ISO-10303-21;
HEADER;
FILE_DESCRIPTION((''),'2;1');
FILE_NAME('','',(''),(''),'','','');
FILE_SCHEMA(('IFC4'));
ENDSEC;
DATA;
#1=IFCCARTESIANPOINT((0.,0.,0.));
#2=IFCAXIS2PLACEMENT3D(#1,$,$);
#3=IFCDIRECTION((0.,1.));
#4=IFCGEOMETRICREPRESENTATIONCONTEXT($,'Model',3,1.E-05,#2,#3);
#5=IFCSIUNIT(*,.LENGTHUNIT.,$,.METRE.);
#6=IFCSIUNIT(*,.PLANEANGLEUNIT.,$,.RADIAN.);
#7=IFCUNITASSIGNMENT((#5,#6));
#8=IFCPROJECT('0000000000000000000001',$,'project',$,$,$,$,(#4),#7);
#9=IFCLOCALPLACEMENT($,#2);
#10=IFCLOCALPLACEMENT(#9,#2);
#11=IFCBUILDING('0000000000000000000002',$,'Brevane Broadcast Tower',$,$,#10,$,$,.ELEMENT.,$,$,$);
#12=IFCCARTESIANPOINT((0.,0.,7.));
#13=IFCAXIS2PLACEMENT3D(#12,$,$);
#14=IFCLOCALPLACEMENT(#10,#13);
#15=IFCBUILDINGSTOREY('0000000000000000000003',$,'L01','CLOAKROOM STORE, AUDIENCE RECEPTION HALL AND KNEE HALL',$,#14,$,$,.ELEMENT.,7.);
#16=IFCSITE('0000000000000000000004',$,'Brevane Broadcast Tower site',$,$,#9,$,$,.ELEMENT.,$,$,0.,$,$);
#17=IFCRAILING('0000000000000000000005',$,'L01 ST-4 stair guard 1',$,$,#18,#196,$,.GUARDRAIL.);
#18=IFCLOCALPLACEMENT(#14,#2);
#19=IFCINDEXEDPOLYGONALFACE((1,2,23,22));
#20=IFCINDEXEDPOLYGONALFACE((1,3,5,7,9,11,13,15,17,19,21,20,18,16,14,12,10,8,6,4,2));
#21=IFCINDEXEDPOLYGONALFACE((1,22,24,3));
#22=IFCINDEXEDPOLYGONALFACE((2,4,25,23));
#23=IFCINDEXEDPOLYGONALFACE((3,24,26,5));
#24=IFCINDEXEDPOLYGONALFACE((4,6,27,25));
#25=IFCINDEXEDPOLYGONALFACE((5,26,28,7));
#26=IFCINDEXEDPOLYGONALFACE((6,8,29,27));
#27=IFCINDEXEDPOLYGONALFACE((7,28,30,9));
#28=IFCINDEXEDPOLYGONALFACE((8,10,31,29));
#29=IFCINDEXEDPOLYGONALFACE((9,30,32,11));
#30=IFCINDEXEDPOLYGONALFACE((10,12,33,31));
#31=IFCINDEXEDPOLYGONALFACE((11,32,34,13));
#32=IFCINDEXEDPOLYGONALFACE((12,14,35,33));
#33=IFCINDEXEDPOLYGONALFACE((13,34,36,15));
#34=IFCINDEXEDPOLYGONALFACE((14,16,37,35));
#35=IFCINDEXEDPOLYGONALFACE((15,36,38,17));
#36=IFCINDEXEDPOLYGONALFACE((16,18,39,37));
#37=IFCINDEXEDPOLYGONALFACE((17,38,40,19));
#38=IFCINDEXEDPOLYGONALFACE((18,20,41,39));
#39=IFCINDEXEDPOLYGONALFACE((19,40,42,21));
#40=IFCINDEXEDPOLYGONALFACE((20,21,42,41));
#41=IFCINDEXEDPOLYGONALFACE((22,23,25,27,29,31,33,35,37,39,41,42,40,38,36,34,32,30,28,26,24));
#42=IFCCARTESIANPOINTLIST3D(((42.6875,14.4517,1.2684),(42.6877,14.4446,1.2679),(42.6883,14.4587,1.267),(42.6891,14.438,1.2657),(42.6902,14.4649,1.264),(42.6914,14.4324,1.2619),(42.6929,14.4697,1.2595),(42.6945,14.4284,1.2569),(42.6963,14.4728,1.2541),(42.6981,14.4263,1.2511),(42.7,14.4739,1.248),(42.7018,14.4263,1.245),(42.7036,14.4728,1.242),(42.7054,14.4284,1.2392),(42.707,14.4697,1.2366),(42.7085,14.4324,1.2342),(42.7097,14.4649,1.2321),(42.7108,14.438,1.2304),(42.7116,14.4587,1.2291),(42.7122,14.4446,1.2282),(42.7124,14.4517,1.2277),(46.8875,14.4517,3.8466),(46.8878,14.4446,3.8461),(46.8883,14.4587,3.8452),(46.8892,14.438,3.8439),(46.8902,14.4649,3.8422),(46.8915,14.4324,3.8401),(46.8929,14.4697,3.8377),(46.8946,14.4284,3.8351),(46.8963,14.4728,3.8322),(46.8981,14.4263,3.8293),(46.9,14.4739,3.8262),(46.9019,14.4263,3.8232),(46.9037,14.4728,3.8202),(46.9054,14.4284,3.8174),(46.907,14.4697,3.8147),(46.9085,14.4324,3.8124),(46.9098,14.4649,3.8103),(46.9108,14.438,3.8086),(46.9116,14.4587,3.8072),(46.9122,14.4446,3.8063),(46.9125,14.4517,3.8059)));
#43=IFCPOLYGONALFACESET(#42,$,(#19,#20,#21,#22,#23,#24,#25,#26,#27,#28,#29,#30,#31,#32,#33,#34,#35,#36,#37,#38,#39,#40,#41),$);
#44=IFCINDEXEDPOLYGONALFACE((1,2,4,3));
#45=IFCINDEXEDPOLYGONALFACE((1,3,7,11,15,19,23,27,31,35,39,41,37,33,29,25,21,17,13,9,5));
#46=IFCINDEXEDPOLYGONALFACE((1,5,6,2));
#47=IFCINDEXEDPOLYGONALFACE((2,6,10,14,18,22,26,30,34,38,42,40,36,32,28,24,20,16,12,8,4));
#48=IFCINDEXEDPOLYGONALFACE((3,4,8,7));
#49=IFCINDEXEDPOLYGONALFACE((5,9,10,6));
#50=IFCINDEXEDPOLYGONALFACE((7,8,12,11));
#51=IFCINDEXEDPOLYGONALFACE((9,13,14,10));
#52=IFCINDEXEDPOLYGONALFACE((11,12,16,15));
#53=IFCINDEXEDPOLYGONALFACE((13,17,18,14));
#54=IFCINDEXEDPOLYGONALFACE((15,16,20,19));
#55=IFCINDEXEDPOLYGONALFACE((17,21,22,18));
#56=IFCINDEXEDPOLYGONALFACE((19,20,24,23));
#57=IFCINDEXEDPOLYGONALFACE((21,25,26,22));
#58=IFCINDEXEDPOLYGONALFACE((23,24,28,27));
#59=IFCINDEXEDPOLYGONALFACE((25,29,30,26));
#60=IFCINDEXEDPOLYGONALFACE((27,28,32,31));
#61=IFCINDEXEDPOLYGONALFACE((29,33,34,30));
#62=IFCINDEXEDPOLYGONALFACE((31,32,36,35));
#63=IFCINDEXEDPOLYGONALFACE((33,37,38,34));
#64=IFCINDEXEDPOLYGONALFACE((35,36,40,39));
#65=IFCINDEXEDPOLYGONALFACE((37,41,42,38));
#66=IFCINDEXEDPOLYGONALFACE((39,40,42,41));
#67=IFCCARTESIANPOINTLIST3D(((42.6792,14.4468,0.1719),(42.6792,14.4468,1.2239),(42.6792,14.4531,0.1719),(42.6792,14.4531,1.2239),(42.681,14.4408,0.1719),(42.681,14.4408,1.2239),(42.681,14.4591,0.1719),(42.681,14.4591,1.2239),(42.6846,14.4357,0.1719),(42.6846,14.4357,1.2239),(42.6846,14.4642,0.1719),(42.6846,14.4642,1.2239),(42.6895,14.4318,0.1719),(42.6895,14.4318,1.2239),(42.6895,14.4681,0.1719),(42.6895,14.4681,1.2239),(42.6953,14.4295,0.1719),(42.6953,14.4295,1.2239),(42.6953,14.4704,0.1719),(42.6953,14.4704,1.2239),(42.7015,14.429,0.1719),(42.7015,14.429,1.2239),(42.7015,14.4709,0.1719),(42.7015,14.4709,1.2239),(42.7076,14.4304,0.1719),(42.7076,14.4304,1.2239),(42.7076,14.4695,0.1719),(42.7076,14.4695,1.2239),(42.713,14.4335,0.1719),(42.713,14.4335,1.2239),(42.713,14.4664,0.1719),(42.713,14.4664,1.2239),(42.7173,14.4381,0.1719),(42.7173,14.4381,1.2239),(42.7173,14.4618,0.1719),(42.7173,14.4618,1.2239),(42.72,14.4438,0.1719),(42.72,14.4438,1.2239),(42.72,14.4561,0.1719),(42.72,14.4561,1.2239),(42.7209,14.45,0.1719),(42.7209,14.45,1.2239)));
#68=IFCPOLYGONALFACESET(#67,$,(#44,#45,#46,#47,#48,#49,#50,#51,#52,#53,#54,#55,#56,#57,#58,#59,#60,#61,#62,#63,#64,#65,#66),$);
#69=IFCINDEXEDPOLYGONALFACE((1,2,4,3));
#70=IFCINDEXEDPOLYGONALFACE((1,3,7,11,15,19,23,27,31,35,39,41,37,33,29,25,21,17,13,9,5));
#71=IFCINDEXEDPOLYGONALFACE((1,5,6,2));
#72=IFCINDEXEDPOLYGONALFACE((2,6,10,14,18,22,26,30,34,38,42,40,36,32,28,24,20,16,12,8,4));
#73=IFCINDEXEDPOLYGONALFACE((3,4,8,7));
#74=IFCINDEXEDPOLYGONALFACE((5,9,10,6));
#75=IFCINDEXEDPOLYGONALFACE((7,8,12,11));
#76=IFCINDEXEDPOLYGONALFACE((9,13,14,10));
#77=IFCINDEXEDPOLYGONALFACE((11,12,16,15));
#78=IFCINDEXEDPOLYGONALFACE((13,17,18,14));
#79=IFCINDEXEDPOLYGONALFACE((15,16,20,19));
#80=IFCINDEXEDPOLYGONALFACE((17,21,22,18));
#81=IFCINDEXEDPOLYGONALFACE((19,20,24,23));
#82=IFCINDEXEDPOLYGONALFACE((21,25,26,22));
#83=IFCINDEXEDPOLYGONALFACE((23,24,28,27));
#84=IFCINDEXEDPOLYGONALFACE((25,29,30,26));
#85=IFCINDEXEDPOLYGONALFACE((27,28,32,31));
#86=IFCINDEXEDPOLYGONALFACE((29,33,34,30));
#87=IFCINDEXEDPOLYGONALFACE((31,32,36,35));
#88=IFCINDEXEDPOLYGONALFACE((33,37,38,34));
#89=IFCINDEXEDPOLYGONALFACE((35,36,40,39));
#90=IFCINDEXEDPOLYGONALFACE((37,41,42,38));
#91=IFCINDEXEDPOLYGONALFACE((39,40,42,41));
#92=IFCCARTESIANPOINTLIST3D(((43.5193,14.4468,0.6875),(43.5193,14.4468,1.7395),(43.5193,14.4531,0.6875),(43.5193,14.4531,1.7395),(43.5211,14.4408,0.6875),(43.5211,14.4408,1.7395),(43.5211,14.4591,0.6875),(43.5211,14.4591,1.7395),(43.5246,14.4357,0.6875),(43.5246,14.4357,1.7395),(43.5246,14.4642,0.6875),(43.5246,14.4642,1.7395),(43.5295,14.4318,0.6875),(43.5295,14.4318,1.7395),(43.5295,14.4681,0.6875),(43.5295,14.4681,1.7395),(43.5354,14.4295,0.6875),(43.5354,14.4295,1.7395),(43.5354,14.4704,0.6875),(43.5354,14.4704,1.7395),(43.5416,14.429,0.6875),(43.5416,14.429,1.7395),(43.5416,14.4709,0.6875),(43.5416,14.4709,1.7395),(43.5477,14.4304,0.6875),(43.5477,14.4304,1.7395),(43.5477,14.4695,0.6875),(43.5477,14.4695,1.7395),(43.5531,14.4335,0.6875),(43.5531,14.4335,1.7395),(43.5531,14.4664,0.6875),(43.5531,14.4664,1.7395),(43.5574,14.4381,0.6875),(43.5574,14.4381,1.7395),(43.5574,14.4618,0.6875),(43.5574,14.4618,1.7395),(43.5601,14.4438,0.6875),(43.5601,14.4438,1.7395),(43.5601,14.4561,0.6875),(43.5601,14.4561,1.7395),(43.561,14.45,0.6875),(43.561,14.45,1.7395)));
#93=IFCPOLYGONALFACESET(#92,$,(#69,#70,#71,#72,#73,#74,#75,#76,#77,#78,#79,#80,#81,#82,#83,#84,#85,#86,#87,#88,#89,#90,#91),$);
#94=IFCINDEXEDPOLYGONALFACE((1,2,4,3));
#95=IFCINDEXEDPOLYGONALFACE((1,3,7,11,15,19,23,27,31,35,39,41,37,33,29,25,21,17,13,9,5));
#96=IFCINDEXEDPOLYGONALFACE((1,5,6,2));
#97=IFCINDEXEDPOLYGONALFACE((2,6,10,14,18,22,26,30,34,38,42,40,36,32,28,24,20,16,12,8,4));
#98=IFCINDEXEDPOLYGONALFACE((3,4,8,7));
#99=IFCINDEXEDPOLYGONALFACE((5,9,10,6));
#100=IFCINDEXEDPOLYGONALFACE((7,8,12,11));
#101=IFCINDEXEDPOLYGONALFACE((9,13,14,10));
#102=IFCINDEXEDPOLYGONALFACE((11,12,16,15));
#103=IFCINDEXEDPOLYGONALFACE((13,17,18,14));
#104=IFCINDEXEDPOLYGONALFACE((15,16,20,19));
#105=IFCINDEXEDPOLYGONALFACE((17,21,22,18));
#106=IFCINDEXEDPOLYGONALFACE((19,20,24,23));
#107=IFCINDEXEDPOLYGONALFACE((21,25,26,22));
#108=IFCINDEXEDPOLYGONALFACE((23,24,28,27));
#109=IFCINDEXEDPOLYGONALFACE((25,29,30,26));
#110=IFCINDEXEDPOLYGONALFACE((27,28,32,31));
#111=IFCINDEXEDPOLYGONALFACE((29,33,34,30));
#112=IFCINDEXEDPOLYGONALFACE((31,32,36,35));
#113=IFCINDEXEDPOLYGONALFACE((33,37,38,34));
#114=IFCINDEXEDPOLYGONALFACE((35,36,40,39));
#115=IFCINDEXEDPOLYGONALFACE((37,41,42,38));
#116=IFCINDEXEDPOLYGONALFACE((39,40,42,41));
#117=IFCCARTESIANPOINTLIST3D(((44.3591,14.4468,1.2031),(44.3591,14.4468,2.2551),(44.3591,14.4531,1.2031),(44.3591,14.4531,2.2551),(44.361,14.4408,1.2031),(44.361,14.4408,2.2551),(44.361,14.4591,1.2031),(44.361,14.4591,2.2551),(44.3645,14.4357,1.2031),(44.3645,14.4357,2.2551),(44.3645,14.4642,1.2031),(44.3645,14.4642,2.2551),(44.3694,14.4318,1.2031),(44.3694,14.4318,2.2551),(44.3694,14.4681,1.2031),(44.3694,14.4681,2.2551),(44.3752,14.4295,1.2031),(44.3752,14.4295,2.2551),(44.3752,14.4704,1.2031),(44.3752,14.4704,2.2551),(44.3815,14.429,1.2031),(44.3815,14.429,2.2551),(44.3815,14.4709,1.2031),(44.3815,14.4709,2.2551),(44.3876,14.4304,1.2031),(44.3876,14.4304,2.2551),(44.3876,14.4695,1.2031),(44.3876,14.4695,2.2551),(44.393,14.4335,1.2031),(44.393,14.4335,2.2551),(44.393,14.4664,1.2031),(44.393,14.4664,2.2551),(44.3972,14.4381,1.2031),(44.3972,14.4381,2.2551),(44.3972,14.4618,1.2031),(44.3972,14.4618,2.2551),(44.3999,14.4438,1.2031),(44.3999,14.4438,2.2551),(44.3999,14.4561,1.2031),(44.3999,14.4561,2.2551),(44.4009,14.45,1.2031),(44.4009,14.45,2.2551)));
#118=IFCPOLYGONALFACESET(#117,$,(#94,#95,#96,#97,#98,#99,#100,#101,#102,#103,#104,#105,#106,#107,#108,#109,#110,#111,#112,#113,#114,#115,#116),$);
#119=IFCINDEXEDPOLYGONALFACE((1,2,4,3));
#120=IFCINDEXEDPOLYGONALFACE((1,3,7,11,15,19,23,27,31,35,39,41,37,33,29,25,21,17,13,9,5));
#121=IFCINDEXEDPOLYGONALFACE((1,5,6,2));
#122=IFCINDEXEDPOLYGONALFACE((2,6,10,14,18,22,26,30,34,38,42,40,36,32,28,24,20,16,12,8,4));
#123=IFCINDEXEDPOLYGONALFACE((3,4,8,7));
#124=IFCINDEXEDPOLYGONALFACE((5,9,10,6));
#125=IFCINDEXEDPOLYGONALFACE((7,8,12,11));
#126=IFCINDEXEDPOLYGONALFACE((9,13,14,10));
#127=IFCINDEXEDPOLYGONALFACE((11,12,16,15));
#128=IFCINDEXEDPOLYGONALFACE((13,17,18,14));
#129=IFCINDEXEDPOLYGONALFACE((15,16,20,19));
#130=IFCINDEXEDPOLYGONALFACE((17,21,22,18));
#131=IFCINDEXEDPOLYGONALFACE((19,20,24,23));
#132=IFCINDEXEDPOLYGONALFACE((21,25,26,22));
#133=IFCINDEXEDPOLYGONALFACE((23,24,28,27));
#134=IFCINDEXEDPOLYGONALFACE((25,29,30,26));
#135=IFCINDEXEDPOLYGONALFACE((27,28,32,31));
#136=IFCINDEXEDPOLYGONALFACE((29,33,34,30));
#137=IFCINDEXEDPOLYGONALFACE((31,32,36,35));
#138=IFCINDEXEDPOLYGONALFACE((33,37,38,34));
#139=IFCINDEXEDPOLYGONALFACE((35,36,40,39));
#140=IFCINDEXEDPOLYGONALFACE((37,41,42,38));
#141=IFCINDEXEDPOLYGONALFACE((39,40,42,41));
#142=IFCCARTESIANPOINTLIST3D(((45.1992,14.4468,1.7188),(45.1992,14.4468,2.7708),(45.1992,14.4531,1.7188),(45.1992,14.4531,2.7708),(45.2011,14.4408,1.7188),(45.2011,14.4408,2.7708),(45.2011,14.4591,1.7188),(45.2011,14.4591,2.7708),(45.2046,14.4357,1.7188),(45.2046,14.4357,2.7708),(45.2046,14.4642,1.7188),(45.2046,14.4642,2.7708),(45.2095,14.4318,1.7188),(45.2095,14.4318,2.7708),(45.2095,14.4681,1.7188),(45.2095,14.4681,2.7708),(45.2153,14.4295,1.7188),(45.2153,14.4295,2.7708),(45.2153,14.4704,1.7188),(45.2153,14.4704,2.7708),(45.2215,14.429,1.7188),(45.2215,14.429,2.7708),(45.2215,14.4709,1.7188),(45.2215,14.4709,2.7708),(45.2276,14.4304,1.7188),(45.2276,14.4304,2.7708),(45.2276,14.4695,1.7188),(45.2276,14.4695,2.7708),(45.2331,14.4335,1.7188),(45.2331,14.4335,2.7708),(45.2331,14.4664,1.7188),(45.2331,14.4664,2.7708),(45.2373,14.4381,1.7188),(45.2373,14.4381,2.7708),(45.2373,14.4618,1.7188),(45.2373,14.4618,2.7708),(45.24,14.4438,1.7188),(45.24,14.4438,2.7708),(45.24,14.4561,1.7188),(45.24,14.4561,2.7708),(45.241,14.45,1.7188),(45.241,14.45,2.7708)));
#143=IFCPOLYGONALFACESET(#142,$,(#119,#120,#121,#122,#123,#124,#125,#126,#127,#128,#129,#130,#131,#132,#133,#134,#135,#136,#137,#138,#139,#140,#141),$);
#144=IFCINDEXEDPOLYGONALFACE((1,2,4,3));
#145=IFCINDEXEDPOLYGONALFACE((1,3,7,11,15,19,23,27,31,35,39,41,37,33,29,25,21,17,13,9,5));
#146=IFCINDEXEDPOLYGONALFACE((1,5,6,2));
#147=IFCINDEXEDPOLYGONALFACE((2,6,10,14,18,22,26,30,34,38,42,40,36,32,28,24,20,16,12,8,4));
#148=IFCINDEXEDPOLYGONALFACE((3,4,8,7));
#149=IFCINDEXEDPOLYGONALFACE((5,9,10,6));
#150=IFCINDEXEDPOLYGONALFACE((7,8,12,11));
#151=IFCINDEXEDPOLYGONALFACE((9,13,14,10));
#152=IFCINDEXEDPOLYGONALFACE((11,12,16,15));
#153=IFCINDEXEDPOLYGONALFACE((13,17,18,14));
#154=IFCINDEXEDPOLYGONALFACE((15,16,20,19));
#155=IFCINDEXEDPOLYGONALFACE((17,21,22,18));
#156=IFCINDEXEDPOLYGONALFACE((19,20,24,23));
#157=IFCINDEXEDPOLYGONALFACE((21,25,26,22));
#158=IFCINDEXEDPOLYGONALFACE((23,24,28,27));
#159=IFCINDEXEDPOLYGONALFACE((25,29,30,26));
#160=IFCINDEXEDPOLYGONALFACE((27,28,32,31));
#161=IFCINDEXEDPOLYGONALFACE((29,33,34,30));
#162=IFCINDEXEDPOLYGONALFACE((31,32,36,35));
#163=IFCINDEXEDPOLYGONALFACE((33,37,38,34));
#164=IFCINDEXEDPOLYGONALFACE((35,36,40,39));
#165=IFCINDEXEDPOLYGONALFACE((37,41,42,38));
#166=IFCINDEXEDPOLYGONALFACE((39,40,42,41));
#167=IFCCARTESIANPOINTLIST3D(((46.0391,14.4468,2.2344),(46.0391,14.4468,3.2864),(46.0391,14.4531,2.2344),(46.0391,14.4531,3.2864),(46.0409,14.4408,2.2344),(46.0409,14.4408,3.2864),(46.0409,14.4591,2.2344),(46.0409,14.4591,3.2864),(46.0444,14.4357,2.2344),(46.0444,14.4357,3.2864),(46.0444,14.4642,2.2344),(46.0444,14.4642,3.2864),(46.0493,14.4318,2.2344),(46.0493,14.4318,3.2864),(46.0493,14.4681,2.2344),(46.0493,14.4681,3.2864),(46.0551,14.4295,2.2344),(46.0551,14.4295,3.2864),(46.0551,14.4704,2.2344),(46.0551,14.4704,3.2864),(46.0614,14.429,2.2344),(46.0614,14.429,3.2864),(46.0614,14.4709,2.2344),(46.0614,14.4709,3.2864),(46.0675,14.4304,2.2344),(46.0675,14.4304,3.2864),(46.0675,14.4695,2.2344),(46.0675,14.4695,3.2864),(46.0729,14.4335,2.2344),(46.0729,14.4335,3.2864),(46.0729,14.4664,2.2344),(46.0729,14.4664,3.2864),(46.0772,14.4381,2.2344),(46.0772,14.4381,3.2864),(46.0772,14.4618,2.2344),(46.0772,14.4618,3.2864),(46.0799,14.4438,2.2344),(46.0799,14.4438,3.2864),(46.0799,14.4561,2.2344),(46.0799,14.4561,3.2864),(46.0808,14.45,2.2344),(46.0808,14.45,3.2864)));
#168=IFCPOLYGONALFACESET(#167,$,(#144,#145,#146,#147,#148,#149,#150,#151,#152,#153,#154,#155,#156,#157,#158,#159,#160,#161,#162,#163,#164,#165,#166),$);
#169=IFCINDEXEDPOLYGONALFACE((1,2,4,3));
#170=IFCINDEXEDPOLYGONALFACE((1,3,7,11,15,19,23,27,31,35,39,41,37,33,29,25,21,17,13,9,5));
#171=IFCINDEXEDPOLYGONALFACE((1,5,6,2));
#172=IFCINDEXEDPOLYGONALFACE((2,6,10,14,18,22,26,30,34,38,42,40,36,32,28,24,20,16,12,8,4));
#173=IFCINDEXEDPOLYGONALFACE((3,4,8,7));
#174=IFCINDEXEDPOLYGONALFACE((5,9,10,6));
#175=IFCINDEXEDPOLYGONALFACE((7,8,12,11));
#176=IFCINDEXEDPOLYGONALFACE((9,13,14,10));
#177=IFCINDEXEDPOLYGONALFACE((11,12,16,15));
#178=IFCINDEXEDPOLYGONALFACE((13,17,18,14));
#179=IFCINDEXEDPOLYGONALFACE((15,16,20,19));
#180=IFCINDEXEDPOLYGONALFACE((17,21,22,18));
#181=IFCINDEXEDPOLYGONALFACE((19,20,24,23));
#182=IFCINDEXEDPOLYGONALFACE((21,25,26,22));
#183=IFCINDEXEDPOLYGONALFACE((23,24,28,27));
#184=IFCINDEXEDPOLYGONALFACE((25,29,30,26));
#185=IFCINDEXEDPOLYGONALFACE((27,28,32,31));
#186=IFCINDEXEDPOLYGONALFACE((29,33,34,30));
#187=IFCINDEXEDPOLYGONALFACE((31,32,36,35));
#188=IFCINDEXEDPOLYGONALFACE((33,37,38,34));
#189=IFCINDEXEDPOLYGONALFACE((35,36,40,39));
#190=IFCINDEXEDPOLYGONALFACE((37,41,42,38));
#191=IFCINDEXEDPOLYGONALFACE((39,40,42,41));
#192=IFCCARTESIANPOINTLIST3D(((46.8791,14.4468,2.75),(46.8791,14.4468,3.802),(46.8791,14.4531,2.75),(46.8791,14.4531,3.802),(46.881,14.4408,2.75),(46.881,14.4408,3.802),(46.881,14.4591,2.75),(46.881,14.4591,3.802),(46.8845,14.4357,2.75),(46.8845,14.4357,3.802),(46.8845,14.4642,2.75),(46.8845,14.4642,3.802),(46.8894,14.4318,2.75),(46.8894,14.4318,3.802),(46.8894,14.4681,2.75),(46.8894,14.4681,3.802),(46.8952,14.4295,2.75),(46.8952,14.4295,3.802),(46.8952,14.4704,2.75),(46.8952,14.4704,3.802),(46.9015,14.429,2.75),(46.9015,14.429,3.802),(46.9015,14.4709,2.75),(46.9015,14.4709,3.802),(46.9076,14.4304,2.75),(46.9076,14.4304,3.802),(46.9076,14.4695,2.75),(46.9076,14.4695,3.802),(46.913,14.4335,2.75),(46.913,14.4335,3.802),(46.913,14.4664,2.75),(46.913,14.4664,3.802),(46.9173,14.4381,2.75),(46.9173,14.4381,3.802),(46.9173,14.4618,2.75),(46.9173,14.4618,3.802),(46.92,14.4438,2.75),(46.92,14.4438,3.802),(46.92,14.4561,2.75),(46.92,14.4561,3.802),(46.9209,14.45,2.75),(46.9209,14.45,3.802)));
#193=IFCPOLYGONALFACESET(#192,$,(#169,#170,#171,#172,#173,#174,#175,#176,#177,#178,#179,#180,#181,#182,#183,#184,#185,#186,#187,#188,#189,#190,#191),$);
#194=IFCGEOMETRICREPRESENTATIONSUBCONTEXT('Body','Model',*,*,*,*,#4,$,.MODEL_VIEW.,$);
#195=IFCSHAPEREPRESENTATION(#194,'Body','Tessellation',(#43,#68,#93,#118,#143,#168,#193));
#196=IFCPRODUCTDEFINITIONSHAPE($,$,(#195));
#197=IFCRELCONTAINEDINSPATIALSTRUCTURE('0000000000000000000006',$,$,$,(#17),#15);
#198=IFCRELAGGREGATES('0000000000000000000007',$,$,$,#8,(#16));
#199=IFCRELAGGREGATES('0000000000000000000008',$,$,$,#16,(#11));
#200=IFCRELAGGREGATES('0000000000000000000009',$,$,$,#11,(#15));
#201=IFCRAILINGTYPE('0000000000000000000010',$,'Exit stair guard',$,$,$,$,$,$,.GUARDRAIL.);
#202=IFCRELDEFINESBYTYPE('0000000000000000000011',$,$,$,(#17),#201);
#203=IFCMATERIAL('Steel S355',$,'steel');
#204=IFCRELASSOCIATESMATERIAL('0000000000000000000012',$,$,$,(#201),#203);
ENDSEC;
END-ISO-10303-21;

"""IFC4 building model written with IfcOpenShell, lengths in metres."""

from ifc_helpers import new_model, si_unit, direction, frame, origin, origin_2d, place, context, subcontext, project, spatial, circle, extrude, material, type_object, element, save


model = new_model("IFC4")

# Units and contexts
model_context = context("Model", 3, precision=1e-05, world=origin(), true_north=direction((0.0, 1.0)))
body_context = subcontext(model_context, "Body", "Model", "MODEL_VIEW")
ifc_project = project(units=[si_unit("LENGTHUNIT", "METRE"), si_unit("PLANEANGLEUNIT", "RADIAN")], contexts=[model_context])

# Site, building, storey
site_placement = place(None, origin())
site = spatial("IfcSite", under=ifc_project, at=site_placement, Name="Brevane Broadcast Tower site", CompositionType="ELEMENT", RefElevation=0.0)
building_placement = place(site_placement, origin())
building = spatial("IfcBuilding", under=site, at=building_placement, Name="Brevane Broadcast Tower", CompositionType="ELEMENT")
storey_placement = place(building_placement, frame((0.0, 0.0, 7.0)))
storey = spatial("IfcBuildingStorey", under=building, at=storey_placement, Name="L01", Description="CLOAKROOM STORE, AUDIENCE RECEPTION HALL AND KNEE HALL", CompositionType="ELEMENT", Elevation=7.0)

# Railing
ifc_material_1 = material(Name="Steel S355", Category="steel")
railing_type_1 = type_object("IfcRailingType", Name="Exit stair guard", PredefinedType="GUARDRAIL", material=ifc_material_1)
railing_1_placement = place(storey_placement, frame((42.7, 14.45, 0.1719)))
element("IfcRailing", 1, at=railing_1_placement, inside=storey, type_object=railing_type_1, Name="L01 ST-4 stair guard 1", PredefinedType="GUARDRAIL", context=body_context, shape_type="SweptSolid", body=[
    extrude(circle(Radius=0.0239, at=origin_2d()), frame((0.0, 0.0, 1.0762), z_axis=(0.852243, 0.0, 0.523146), x_axis=(0.0, 1.0, 0.0)), (0.0, 0.0, 1.0), 4.9282),
    extrude(circle(Radius=0.021, at=origin_2d()), origin(), (0.0, 0.0, 1.0), 1.052),
    extrude(circle(Radius=0.021, at=origin_2d()), frame((0.8401, 0.0, 0.5156)), (0.0, 0.0, 1.0), 1.052),
    extrude(circle(Radius=0.021, at=origin_2d()), frame((1.6799, 0.0, 1.0312)), (0.0, 0.0, 1.0), 1.052),
    extrude(circle(Radius=0.021, at=origin_2d()), frame((2.52, 0.0, 1.5469)), (0.0, 0.0, 1.0), 1.052),
    extrude(circle(Radius=0.021, at=origin_2d()), frame((3.3599, 0.0, 2.0625)), (0.0, 0.0, 1.0), 1.052),
    extrude(circle(Radius=0.021, at=origin_2d()), frame((4.2, 0.0, 2.5781)), (0.0, 0.0, 1.0), 1.052),
])

save(model, "model.ifc")
